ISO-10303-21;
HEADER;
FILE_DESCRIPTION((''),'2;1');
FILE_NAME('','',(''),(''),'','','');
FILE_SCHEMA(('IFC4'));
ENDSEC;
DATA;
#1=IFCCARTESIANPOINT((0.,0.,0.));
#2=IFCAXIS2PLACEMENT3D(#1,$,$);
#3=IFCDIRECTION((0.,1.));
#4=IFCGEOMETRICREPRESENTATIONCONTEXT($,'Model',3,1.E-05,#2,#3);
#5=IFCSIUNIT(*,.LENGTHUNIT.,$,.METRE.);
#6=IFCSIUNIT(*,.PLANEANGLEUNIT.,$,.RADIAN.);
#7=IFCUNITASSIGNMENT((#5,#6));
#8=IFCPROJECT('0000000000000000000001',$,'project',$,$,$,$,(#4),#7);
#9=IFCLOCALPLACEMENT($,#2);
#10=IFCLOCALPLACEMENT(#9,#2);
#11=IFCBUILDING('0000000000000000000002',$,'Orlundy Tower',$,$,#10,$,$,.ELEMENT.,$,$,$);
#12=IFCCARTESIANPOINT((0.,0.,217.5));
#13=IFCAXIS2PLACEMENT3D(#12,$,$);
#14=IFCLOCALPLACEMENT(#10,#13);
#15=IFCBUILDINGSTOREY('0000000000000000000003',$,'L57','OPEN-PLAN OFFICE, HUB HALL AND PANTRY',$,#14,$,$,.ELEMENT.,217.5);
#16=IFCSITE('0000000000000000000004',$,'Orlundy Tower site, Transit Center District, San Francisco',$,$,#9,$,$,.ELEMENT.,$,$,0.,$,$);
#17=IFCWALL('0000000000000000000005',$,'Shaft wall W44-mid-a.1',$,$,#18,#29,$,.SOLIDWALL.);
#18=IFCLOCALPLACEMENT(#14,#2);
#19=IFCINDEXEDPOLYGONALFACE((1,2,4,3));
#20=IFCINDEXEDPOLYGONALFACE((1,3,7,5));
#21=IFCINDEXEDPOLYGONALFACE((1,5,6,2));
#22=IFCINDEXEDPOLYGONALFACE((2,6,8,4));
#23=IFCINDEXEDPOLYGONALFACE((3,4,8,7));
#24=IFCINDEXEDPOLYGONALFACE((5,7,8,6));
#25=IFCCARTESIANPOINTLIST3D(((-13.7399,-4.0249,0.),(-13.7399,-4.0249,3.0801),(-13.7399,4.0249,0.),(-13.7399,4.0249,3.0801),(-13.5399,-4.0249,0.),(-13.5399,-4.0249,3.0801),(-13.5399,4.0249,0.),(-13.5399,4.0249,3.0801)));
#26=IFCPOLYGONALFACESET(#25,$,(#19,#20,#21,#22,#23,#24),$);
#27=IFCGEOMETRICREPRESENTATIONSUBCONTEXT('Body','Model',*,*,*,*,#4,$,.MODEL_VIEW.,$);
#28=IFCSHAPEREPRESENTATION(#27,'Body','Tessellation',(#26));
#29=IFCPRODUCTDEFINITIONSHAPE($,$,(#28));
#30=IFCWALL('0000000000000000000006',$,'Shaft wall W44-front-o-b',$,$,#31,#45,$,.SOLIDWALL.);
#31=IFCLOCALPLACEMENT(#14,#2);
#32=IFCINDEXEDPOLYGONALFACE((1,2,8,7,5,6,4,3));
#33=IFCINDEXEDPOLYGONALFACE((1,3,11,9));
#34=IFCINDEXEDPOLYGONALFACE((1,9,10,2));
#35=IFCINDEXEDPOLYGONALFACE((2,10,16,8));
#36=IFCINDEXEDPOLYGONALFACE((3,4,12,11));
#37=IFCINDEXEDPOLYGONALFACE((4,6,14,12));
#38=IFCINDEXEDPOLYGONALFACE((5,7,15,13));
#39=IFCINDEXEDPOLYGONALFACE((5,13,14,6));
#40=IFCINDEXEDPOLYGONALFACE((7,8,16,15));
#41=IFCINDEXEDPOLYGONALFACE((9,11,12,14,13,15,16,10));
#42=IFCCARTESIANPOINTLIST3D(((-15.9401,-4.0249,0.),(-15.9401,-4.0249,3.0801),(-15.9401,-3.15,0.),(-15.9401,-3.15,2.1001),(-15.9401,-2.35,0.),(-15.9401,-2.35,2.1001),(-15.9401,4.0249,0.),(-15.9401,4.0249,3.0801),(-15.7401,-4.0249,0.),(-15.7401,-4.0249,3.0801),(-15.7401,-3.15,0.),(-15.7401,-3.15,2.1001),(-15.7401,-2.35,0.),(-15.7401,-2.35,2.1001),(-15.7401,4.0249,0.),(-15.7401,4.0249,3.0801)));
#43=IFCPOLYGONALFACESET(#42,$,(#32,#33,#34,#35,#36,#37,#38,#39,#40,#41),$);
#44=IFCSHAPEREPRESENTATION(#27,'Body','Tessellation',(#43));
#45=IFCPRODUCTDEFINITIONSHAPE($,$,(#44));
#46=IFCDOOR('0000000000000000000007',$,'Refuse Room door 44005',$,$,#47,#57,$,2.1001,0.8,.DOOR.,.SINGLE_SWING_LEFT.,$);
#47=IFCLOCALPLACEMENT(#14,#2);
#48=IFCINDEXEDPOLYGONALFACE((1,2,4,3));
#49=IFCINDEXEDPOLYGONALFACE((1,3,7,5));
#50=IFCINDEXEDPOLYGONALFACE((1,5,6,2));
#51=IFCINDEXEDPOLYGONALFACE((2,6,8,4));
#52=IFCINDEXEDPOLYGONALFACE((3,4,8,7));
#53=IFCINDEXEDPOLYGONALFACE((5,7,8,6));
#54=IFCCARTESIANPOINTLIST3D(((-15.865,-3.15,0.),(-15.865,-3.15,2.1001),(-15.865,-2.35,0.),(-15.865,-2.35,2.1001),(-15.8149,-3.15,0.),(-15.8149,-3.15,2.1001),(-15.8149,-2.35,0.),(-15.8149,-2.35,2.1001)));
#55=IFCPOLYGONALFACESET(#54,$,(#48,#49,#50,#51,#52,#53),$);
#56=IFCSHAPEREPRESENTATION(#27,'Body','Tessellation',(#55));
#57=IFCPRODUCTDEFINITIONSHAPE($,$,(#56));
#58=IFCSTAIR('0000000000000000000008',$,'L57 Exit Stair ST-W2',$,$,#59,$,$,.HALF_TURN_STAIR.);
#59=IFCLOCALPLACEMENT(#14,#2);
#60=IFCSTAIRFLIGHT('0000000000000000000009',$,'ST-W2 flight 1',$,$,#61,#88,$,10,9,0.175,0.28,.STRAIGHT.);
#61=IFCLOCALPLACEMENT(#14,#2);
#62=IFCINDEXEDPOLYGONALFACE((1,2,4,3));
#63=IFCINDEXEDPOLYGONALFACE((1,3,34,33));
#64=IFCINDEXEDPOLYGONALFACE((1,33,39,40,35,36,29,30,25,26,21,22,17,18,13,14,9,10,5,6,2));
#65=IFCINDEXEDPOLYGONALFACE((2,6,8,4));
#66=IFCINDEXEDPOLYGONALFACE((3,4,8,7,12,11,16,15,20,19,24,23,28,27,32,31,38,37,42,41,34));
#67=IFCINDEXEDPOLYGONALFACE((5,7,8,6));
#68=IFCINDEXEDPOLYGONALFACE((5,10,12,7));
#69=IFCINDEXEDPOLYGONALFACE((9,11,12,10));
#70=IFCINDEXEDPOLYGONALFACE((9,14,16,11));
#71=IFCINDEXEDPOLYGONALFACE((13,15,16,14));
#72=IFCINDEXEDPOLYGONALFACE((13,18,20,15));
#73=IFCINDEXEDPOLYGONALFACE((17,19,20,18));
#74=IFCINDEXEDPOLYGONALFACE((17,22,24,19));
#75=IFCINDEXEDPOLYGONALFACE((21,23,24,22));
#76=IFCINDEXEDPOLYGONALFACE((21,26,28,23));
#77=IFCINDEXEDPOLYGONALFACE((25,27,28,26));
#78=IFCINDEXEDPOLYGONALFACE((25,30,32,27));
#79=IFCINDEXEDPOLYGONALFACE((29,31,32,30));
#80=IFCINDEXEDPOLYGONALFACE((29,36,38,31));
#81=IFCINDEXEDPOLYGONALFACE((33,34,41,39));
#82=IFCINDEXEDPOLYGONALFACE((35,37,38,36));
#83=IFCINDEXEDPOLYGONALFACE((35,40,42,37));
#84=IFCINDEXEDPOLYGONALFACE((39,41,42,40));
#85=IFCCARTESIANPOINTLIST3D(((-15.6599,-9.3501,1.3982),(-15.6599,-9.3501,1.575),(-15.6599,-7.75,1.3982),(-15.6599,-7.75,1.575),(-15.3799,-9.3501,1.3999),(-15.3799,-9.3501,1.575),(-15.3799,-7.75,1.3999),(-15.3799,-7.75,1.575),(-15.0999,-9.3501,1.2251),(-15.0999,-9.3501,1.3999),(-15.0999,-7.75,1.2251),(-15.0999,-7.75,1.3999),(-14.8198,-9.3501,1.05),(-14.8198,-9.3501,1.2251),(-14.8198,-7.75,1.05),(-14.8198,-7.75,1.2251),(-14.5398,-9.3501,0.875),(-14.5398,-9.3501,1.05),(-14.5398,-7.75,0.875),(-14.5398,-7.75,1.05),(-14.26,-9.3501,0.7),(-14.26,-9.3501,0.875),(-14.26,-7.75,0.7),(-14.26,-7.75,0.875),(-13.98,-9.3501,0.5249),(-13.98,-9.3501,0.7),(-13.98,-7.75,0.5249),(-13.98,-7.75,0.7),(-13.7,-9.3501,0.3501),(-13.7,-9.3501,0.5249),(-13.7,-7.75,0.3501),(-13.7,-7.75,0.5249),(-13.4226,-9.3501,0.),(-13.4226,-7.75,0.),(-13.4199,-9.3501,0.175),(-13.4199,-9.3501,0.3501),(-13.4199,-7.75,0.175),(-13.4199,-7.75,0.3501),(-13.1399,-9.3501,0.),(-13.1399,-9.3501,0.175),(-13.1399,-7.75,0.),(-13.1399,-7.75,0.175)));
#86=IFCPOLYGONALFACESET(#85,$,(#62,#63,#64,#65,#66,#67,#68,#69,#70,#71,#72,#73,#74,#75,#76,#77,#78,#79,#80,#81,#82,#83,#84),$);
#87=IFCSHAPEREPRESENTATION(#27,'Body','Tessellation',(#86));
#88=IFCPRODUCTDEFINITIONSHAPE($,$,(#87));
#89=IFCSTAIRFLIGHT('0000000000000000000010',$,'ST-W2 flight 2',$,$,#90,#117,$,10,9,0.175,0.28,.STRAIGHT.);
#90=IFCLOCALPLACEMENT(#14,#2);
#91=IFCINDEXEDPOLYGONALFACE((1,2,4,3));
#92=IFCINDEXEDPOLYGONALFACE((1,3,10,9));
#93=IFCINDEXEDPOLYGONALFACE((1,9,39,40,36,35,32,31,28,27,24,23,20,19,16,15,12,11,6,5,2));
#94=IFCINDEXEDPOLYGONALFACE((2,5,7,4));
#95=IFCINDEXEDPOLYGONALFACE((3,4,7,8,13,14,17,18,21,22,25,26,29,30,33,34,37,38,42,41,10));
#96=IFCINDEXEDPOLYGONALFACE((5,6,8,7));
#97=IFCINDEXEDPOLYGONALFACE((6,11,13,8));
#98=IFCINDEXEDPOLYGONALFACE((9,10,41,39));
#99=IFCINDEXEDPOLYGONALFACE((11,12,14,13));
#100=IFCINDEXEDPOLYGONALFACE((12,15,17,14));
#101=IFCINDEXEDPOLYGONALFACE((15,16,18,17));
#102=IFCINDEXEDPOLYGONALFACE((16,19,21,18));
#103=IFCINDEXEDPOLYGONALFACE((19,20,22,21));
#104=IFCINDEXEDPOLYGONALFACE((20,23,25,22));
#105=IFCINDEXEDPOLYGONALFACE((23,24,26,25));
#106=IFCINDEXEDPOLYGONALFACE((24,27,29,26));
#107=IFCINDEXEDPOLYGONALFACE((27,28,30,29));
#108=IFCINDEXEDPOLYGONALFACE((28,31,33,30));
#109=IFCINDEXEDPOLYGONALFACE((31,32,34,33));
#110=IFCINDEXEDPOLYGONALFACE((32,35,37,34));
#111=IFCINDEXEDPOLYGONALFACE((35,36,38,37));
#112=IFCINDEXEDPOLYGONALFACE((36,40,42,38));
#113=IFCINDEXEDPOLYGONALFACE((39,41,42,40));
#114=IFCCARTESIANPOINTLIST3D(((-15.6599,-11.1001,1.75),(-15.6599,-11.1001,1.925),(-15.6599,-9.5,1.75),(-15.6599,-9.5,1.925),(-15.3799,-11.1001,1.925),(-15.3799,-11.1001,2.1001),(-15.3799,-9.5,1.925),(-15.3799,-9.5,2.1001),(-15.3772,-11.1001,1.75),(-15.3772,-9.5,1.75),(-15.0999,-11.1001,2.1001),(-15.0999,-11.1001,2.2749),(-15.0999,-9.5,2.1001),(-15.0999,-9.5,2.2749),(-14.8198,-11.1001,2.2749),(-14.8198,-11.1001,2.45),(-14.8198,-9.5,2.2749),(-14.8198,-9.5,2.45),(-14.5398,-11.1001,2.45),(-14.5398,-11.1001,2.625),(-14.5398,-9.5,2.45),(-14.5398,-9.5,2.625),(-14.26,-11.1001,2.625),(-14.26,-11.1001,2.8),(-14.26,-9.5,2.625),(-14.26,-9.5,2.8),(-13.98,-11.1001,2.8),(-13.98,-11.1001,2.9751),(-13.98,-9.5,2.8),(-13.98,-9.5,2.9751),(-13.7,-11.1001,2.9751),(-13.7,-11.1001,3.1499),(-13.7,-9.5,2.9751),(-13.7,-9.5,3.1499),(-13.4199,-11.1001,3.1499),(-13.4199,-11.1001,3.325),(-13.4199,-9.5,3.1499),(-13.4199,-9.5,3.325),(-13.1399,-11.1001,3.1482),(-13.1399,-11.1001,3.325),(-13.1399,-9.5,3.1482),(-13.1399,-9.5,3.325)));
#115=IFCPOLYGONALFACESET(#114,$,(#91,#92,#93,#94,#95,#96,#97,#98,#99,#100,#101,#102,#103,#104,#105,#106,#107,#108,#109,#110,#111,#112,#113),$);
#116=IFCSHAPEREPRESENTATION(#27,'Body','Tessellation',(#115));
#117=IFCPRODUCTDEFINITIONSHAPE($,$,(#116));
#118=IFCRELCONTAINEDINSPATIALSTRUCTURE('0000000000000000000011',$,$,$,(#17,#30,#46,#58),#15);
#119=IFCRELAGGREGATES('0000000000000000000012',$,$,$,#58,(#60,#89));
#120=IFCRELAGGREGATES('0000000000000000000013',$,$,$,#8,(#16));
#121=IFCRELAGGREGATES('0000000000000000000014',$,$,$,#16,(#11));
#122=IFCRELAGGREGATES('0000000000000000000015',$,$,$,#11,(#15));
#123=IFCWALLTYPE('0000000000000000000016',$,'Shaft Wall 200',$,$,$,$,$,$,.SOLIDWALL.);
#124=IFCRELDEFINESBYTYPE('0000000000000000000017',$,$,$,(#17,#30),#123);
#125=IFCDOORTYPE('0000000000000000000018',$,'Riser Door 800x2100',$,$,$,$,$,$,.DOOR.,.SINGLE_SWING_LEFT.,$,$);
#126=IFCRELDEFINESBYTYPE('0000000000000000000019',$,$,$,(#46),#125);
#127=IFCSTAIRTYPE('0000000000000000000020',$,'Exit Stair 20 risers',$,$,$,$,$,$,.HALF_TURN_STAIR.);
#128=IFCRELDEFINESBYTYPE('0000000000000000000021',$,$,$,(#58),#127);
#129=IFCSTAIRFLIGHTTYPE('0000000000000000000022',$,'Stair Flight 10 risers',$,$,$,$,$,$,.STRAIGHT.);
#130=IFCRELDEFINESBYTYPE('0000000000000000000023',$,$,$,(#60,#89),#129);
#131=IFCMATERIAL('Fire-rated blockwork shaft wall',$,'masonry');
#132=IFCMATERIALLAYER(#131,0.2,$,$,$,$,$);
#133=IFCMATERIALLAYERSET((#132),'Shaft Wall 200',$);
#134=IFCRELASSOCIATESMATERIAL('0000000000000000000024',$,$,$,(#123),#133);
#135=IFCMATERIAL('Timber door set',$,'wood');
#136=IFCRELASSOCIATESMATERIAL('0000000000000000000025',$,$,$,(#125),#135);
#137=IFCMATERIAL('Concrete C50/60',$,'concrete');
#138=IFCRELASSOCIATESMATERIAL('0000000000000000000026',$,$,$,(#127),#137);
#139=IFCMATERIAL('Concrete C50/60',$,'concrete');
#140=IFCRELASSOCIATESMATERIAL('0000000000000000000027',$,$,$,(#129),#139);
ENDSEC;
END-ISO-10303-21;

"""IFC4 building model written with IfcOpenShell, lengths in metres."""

from ifc_helpers import new_model, si_unit, direction, frame, frame_2d, origin, place, context, subcontext, project, spatial, polyline, rectangle, outline, extrude, material, layer, layer_set, type_object, element, fill, aggregate, save


model = new_model("IFC4")

# Units and contexts
model_context = context("Model", 3, precision=1e-05, world=origin(), true_north=direction((0.0, 1.0)))
body_context = subcontext(model_context, "Body", "Model", "MODEL_VIEW")
ifc_project = project(units=[si_unit("LENGTHUNIT", "METRE"), si_unit("PLANEANGLEUNIT", "RADIAN")], contexts=[model_context])

# Site, building, storey
site_placement = place(None, origin())
site = spatial("IfcSite", under=ifc_project, at=site_placement, Name="Orlundy Tower site, Transit Center District, San Francisco", CompositionType="ELEMENT", RefElevation=0.0)
building_placement = place(site_placement, origin())
building = spatial("IfcBuilding", under=site, at=building_placement, Name="Orlundy Tower", CompositionType="ELEMENT")
storey_placement = place(building_placement, frame((0.0, 0.0, 217.5)))
storey = spatial("IfcBuildingStorey", under=building, at=storey_placement, Name="L57", Description="OPEN-PLAN OFFICE, HUB HALL AND PANTRY", CompositionType="ELEMENT", Elevation=217.5)

# Shared definitions
ifc_material_1 = material(Name="Fire-rated blockwork shaft wall", Category="masonry")
ifc_layer_1 = layer(ifc_material_1, 0.2)
ifc_layer_set_1 = layer_set([ifc_layer_1], Name="Shaft Wall 200")
wall_type_1 = type_object("IfcWallType", Name="Shaft Wall 200", PredefinedType="SOLIDWALL", material=ifc_layer_set_1)

# Shared definitions
ifc_material_2 = material(Name="Timber door set", Category="wood")
door_type_1 = type_object("IfcDoorType", Name="Riser Door 800x2100", OperationType="SINGLE_SWING_LEFT", PredefinedType="DOOR", material=ifc_material_2)

# Wall
wall_1_placement = place(storey_placement, frame((-13.6399, -4.0249, 0.0), z_axis=(0.0, 0.0, 1.0), x_axis=(0.0, 1.0, 0.0)))
element("IfcWall", 1, at=wall_1_placement, inside=storey, type_object=wall_type_1, Name="Shaft wall W44-mid-a.1", PredefinedType="SOLIDWALL", context=body_context, shape_type="SweptSolid", body=[
    extrude(rectangle(XDim=8.0498, YDim=0.2, at=frame_2d((4.0249, 0.0))), origin(), (0.0, 0.0, 1.0), 3.0801),
])

# Wall, opening, door
wall_2_placement = place(storey_placement, frame((-15.8401, -4.0249, 0.0), z_axis=(0.0, 0.0, 1.0), x_axis=(0.0, 1.0, 0.0)))
wall_2 = element("IfcWall", 2, at=wall_2_placement, inside=storey, type_object=wall_type_1, Name="Shaft wall W44-front-o-b", PredefinedType="SOLIDWALL", context=body_context, shape_type="SweptSolid", body=[
    extrude(rectangle(XDim=8.0498, YDim=0.2, at=frame_2d((4.0249, 0.0))), origin(), (0.0, 0.0, 1.0), 3.0801),
])
opening_1_placement = place(wall_2_placement, frame((0.875, 0.0, 0.0)))
opening_1 = element("IfcOpeningElement", 3, at=opening_1_placement, cuts=wall_2, PredefinedType="OPENING", context=body_context, shape_type="SweptSolid", body=[
    extrude(rectangle(XDim=0.8, YDim=2.1001, at=frame_2d((0.3999, 1.05))), frame((0.0, 0.1101, 0.0), z_axis=(0.0, -1.0, 0.0), x_axis=(1.0, 0.0, 0.0)), (0.0, 0.0, 1.0), 0.2202),
])
door_1_placement = place(opening_1_placement, origin())
door_1 = element("IfcDoor", 4, at=door_1_placement, inside=storey, type_object=door_type_1, Name="Refuse Room door 44005", OperationType="SINGLE_SWING_LEFT", OverallHeight=2.1001, OverallWidth=0.8, PredefinedType="DOOR", context=body_context, shape_type="SweptSolid", body=[
    extrude(rectangle(XDim=0.8, YDim=2.1001, at=frame_2d((0.3999, 1.05))), frame((0.0, 0.0249, 0.0), z_axis=(0.0, -1.0, 0.0), x_axis=(1.0, 0.0, 0.0)), (0.0, 0.0, 1.0), 0.05),
])
fill(opening_1, door_1)

# Stair, stair flights
ifc_material_3 = material(Name="Concrete C50/60", Category="concrete")
stair_type = type_object("IfcStairType", Name="Exit Stair 20 risers", PredefinedType="HALF_TURN_STAIR", material=ifc_material_3)
stair_placement = place(storey_placement, origin())
stair = element("IfcStair", 5, at=stair_placement, inside=storey, type_object=stair_type, Name="L57 Exit Stair ST-W2", PredefinedType="HALF_TURN_STAIR")
ifc_material_4 = material(Name="Concrete C50/60", Category="concrete")
stair_flight_type = type_object("IfcStairFlightType", Name="Stair Flight 10 risers", PredefinedType="STRAIGHT", material=ifc_material_4)
stair_flight_1_placement = place(storey_placement, frame((-13.1399, -8.55, 0.0), z_axis=(0.0, 0.0, 1.0), x_axis=(-1.0, 0.0, 0.0)))
stair_flight_1 = element("IfcStairFlight", 6, at=stair_flight_1_placement, type_object=stair_flight_type, Name="ST-W2 flight 1", NumberOfRisers=10, NumberOfTreads=9, PredefinedType="STRAIGHT", RiserHeight=0.175, TreadLength=0.28, context=body_context, shape_type="SweptSolid", body=[
    extrude(outline(polyline([(0.0, 0.0), (0.0, 0.175), (0.28, 0.175), (0.28, 0.3501), (0.5601, 0.3501), (0.5601, 0.5249), (0.8401, 0.5249), (0.8401, 0.7), (1.1201, 0.7), (1.1201, 0.875), (1.3999, 0.875), (1.3999, 1.05), (1.6799, 1.05), (1.6799, 1.2251), (1.96, 1.2251), (1.96, 1.3999), (2.24, 1.3999), (2.24, 1.575), (2.52, 1.575), (2.52, 1.75), (2.52, 1.3982), (0.2827, 0.0), (0.0, 0.0)])), frame((0.0, 0.8, 0.0), z_axis=(0.0, -1.0, 0.0), x_axis=(1.0, 0.0, 0.0)), (0.0, 0.0, 1.0), 1.6001),
])
stair_flight_2_placement = place(storey_placement, frame((-15.6599, -10.3, 1.75), z_axis=(0.0, 0.0, 1.0), x_axis=(1.0, 0.0, 0.0)))
stair_flight_2 = element("IfcStairFlight", 7, at=stair_flight_2_placement, type_object=stair_flight_type, Name="ST-W2 flight 2", NumberOfRisers=10, NumberOfTreads=9, PredefinedType="STRAIGHT", RiserHeight=0.175, TreadLength=0.28, context=body_context, shape_type="SweptSolid", body=[
    extrude(outline(polyline([(0.0, 0.0), (0.0, 0.175), (0.28, 0.175), (0.28, 0.3501), (0.5601, 0.3501), (0.5601, 0.5249), (0.8401, 0.5249), (0.8401, 0.7), (1.1201, 0.7), (1.1201, 0.875), (1.3999, 0.875), (1.3999, 1.05), (1.6799, 1.05), (1.6799, 1.2251), (1.96, 1.2251), (1.96, 1.3999), (2.24, 1.3999), (2.24, 1.575), (2.52, 1.575), (2.52, 1.75), (2.52, 1.3982), (0.2827, 0.0), (0.0, 0.0)])), frame((0.0, 0.8, 0.0), z_axis=(0.0, -1.0, 0.0), x_axis=(1.0, 0.0, 0.0)), (0.0, 0.0, 1.0), 1.6001),
])
aggregate(stair, [stair_flight_1, stair_flight_2])

save(model, "model.ifc")
